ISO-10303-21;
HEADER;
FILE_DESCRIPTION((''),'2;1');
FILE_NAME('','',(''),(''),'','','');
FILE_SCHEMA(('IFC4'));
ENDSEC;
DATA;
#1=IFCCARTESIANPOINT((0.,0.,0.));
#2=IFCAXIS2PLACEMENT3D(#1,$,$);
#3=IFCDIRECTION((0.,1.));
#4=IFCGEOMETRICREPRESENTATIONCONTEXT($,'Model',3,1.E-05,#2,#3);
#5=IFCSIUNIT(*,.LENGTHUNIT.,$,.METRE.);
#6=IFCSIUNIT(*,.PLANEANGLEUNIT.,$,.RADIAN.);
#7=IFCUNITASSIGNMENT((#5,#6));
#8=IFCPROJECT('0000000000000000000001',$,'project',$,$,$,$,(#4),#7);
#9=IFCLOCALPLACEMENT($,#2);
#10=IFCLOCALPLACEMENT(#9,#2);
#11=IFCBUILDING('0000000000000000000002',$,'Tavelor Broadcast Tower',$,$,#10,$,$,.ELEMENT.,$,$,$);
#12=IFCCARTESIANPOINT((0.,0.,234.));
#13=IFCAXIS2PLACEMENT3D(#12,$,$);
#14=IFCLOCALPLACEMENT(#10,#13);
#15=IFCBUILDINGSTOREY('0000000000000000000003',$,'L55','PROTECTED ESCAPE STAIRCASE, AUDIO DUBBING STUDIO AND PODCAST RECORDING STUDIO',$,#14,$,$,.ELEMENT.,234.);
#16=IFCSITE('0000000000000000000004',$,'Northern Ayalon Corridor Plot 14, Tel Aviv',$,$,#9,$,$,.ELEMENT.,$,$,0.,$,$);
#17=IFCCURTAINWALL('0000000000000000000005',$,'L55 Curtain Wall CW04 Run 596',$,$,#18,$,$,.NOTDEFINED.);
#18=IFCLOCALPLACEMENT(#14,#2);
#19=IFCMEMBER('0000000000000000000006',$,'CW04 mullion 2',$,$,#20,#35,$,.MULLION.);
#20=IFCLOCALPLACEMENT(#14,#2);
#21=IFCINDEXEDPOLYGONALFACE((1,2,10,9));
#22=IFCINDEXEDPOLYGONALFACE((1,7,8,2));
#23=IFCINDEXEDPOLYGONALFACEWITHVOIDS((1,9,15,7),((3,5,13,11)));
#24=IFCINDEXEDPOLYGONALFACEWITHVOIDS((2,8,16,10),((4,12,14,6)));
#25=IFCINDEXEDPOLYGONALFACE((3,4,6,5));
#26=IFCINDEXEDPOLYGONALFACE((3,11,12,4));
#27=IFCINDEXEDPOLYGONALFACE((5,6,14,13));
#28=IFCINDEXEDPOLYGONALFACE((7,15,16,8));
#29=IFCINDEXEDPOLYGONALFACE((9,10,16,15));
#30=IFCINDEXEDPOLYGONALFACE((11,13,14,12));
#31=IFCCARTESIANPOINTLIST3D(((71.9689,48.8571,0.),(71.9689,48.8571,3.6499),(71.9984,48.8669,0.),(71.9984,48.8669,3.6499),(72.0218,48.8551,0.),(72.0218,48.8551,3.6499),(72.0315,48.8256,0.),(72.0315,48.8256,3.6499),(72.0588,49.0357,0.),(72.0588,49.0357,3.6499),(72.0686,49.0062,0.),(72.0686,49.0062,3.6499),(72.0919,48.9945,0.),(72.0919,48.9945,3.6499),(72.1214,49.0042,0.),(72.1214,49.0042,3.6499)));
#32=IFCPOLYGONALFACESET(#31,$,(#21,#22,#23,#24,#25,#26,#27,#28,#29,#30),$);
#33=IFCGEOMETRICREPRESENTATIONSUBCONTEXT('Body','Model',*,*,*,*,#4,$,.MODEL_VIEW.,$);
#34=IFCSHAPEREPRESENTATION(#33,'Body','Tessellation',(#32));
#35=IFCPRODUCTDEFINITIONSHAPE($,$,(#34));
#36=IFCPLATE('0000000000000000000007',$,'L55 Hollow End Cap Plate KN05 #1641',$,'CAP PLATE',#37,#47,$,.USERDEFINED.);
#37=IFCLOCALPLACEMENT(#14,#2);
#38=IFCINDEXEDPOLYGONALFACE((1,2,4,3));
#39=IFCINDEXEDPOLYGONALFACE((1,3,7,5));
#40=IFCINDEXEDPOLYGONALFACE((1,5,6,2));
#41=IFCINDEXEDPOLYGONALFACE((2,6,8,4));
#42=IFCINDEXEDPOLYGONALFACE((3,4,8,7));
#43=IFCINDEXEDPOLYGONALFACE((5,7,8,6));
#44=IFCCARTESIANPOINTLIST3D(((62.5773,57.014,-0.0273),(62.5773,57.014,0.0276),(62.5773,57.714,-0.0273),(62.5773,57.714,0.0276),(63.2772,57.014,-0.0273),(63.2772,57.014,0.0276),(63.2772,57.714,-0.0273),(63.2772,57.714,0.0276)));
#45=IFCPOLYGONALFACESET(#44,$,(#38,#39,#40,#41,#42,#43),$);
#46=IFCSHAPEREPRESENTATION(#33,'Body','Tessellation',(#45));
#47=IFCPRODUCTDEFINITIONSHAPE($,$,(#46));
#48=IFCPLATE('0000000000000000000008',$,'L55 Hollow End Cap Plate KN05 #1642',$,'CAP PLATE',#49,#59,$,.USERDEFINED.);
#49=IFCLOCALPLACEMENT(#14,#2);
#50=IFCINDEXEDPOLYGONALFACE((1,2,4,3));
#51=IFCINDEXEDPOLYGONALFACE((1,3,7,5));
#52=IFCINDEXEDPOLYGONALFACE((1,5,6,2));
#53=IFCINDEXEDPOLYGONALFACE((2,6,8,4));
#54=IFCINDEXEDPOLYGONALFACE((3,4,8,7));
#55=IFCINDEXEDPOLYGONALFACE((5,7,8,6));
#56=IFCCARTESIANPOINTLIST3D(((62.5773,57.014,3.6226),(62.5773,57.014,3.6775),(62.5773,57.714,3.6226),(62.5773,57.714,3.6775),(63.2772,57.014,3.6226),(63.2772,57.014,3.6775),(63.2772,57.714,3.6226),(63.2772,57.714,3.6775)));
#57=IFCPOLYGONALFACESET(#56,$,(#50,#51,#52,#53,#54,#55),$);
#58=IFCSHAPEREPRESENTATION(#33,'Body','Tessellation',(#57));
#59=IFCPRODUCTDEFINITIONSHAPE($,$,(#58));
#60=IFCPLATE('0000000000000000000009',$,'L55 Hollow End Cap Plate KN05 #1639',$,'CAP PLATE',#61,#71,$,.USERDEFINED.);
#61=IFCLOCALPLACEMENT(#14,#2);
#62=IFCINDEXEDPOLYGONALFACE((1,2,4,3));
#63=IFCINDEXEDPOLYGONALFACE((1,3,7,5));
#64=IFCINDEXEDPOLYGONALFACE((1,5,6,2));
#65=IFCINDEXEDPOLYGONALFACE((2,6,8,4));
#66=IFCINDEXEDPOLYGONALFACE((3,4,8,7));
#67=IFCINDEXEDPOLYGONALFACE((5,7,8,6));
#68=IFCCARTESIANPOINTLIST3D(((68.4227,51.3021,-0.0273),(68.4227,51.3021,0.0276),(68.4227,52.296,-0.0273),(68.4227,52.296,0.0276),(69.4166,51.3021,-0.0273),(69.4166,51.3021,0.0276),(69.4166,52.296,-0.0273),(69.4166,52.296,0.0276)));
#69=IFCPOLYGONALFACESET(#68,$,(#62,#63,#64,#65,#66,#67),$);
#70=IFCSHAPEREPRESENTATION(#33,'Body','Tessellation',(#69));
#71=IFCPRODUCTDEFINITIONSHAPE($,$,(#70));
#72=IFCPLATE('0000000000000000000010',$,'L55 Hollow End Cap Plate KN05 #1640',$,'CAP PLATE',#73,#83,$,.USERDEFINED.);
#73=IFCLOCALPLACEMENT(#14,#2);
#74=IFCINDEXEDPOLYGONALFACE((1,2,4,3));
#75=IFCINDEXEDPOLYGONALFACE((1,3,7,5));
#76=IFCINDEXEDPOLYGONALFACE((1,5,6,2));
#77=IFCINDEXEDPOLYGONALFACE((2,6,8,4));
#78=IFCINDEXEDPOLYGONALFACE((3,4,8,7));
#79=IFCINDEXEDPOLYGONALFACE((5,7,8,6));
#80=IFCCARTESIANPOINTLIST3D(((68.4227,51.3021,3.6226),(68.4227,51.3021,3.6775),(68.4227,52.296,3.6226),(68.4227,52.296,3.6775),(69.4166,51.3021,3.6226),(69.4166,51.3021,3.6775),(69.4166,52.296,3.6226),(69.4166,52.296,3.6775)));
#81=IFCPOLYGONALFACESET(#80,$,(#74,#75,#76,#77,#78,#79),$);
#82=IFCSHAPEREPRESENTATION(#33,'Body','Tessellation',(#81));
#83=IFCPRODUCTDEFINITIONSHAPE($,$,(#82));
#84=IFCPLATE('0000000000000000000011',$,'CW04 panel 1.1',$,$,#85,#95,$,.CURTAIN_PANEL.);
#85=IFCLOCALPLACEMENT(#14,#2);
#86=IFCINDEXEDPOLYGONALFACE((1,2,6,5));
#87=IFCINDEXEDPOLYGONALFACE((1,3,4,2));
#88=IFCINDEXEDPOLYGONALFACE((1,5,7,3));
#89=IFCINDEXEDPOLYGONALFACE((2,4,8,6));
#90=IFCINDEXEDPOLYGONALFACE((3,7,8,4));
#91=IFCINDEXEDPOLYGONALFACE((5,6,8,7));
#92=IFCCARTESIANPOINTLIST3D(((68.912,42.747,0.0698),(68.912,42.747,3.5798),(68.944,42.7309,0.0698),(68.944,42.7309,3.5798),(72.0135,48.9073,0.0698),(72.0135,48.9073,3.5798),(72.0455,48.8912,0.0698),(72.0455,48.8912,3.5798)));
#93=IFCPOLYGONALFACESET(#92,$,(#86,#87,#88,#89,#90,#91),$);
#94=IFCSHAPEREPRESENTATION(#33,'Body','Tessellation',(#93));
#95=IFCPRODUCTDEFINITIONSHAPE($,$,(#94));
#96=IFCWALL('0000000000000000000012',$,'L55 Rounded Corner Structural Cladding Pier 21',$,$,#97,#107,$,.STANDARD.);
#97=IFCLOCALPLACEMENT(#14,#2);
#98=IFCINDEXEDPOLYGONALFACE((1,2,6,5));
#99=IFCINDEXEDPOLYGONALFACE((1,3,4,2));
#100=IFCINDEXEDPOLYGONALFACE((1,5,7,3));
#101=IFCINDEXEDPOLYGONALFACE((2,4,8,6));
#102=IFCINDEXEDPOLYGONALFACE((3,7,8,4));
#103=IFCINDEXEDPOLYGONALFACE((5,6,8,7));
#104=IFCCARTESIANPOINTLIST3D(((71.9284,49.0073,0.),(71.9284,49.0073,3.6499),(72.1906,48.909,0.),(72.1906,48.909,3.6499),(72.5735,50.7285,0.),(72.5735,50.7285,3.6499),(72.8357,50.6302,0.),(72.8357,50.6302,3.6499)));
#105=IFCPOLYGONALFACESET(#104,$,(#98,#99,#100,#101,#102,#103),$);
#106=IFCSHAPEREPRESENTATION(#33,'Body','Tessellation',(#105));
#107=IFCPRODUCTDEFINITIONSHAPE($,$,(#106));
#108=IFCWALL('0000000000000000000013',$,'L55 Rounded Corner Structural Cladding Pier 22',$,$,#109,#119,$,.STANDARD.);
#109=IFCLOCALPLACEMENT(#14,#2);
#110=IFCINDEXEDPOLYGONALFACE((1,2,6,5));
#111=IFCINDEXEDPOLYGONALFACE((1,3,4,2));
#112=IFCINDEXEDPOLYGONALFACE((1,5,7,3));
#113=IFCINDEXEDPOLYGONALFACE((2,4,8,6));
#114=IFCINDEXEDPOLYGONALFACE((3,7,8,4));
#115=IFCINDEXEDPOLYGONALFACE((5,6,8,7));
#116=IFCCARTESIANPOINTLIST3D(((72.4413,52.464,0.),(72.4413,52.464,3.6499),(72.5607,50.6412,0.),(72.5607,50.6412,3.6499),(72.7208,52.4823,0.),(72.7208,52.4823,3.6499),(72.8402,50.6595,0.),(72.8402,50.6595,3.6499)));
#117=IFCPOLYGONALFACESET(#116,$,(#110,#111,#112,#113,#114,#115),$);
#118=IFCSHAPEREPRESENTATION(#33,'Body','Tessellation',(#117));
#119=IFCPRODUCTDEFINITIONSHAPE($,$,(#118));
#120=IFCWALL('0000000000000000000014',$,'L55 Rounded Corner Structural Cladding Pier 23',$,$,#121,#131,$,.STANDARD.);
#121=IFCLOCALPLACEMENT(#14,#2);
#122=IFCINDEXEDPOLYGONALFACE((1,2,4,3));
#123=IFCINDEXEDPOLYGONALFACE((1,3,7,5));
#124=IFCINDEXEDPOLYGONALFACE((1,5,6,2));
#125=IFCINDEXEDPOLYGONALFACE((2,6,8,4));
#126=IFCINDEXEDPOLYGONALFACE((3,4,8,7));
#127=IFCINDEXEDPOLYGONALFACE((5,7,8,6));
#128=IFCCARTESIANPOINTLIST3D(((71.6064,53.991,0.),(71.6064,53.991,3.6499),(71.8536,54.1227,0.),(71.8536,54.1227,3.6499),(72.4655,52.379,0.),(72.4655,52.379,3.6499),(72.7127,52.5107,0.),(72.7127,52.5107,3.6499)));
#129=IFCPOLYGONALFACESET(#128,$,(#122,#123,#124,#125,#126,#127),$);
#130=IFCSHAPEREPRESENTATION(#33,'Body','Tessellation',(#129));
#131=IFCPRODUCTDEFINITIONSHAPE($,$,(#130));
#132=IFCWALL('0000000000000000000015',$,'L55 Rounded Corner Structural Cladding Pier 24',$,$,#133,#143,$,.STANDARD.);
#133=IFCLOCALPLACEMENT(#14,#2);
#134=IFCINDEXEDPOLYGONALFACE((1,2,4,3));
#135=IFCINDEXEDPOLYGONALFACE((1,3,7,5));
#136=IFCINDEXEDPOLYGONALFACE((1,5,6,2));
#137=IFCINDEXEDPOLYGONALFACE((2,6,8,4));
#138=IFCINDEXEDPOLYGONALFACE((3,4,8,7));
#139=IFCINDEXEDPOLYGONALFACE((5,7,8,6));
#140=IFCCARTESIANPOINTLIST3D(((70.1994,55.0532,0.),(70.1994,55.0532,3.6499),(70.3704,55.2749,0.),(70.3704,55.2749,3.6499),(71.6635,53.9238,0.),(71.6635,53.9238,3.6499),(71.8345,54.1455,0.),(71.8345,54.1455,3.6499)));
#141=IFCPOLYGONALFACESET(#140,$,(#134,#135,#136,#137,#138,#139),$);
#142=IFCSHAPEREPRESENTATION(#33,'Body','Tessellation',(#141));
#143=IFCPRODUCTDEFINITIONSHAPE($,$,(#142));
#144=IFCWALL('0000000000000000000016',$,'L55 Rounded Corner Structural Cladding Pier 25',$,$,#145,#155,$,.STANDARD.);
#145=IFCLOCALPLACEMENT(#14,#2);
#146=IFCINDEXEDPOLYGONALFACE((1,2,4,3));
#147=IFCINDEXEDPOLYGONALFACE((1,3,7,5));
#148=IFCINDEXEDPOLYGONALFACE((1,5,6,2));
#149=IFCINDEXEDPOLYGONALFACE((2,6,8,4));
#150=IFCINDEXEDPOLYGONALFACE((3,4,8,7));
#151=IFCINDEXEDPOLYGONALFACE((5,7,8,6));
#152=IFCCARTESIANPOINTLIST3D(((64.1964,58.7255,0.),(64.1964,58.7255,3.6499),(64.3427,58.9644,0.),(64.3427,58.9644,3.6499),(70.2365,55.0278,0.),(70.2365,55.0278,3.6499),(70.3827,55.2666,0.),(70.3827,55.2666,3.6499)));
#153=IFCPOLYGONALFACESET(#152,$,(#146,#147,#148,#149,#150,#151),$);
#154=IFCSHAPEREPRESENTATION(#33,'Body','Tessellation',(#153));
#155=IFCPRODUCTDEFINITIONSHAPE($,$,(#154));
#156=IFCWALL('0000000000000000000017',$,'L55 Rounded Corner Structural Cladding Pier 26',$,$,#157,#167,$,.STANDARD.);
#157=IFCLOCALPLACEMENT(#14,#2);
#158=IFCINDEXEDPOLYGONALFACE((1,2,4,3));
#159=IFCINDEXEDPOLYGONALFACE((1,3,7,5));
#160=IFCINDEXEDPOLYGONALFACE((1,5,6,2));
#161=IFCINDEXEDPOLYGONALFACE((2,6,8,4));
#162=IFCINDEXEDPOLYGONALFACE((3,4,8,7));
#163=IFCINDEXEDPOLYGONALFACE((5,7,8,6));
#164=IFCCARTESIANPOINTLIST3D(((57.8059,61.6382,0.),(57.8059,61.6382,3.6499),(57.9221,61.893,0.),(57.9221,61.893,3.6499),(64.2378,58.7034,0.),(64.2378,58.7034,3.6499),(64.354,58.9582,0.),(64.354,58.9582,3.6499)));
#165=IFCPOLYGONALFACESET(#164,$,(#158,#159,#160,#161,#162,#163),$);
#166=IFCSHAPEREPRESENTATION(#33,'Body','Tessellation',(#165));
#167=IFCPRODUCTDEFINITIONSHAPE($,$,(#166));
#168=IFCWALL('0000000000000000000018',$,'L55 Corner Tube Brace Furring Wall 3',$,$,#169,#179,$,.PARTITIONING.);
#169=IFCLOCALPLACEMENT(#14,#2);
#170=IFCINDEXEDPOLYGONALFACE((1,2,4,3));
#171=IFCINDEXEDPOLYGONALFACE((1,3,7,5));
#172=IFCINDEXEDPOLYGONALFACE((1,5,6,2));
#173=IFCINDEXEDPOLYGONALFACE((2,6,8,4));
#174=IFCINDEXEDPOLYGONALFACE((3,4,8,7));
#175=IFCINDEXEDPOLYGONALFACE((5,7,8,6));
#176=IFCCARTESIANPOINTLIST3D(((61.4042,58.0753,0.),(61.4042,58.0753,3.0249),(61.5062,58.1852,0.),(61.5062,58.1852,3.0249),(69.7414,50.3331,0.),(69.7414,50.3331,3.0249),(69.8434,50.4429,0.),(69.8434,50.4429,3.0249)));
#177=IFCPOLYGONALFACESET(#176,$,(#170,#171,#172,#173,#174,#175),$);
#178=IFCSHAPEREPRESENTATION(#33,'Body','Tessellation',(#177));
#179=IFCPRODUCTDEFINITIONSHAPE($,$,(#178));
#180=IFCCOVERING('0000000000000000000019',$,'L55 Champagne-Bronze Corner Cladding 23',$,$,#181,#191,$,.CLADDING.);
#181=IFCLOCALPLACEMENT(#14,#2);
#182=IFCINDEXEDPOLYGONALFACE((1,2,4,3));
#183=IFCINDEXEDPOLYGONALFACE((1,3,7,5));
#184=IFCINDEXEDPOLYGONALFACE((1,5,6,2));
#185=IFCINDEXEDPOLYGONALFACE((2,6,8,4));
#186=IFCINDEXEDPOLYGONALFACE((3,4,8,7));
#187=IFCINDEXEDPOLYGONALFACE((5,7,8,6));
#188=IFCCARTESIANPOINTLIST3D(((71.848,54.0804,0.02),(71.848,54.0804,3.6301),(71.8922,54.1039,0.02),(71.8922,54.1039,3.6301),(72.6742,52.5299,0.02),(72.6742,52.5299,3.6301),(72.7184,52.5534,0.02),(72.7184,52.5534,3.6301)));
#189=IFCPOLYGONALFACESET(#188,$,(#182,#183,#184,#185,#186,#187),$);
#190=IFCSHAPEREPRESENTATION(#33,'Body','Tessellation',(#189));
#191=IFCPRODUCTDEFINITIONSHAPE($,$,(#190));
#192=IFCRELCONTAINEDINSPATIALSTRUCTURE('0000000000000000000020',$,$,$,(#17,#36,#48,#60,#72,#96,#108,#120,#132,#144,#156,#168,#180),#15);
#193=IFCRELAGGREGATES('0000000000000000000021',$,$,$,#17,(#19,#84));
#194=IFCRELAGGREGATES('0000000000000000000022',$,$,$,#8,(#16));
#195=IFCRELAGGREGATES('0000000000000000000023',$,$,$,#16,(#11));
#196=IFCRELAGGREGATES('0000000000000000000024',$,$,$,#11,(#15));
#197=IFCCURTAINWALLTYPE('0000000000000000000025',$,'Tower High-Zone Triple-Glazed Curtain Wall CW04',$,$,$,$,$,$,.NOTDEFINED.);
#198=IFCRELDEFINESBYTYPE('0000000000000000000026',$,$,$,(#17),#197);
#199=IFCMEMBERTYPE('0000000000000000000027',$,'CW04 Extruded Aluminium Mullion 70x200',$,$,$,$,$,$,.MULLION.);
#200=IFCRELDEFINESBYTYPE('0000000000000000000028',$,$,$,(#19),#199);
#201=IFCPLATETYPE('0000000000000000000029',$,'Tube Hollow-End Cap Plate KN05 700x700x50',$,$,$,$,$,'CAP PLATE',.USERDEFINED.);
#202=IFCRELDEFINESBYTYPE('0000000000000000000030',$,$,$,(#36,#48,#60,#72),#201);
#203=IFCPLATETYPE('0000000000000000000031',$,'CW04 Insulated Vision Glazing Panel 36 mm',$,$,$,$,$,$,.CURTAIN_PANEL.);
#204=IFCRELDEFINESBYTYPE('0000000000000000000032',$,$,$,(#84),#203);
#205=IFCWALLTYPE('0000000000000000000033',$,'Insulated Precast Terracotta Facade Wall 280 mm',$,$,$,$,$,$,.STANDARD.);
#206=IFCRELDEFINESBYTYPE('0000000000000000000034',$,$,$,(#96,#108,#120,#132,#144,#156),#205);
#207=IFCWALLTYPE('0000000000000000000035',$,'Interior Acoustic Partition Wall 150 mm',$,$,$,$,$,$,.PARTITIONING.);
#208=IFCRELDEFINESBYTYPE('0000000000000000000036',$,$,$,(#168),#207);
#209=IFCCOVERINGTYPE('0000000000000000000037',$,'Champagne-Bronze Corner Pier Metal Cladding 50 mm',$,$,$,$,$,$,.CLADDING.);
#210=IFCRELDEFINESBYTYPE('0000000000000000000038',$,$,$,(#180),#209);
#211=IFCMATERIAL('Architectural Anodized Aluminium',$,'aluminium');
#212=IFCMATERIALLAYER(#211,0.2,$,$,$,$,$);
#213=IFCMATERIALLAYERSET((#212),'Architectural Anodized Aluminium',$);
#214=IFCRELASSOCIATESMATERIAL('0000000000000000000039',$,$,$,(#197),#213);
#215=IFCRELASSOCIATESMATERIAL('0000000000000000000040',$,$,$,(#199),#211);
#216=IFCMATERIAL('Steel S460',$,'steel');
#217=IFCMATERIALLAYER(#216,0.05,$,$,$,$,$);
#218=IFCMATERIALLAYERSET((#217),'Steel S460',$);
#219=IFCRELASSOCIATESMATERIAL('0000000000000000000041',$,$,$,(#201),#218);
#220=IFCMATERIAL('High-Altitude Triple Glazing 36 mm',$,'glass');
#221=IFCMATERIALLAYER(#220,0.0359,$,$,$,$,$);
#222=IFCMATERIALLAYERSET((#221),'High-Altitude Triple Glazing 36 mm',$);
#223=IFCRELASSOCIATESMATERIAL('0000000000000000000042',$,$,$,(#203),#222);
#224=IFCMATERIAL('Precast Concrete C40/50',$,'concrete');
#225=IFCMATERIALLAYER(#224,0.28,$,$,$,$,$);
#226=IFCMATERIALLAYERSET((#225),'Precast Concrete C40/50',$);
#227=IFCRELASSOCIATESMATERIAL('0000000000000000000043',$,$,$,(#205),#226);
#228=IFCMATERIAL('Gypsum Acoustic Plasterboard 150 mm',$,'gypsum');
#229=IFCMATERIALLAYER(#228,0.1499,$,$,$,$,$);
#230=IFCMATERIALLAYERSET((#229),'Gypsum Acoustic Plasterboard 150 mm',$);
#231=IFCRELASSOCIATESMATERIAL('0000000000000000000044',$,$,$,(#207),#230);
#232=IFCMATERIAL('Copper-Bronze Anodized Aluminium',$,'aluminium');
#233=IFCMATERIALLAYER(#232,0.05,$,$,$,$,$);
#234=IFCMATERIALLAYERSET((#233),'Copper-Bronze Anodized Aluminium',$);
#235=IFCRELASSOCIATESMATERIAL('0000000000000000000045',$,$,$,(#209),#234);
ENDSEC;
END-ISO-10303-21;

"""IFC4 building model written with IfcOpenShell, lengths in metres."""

from ifc_helpers import new_model, si_unit, direction, frame, frame_2d, origin, origin_2d, place, context, subcontext, project, spatial, rectangle, hollow_rectangle, extrude, source, transform, mapped, material, layer, layer_set, material_profile, profile_set, type_object, type_shapes, element, aggregate, save


model = new_model("IFC4")

# Units and contexts
model_context = context("Model", 3, precision=1e-05, world=origin(), true_north=direction((0.0, 1.0)))
body_context = subcontext(model_context, "Body", "Model", "MODEL_VIEW")
ifc_project = project(units=[si_unit("LENGTHUNIT", "METRE"), si_unit("PLANEANGLEUNIT", "RADIAN")], contexts=[model_context])

# Site, building, storey
site_placement = place(None, origin())
site = spatial("IfcSite", under=ifc_project, at=site_placement, Name="Northern Ayalon Corridor Plot 14, Tel Aviv", CompositionType="ELEMENT", RefElevation=0.0)
building_placement = place(site_placement, origin())
building = spatial("IfcBuilding", under=site, at=building_placement, Name="Tavelor Broadcast Tower", CompositionType="ELEMENT")
storey_placement = place(building_placement, frame((0.0, 0.0, 234.0)))
storey = spatial("IfcBuildingStorey", under=building, at=storey_placement, Name="L55", Description="PROTECTED ESCAPE STAIRCASE, AUDIO DUBBING STUDIO AND PODCAST RECORDING STUDIO", CompositionType="ELEMENT", Elevation=234.0)

# Shared definitions
ifc_material_1 = material(Name="Steel S460", Category="steel")

# Curtain wall, member
ifc_material_2 = material(Name="Architectural Anodized Aluminium", Category="aluminium")
ifc_layer_1 = layer(ifc_material_2, 0.2)
ifc_layer_set_1 = layer_set([ifc_layer_1], Name="Architectural Anodized Aluminium")
curtain_wall_type = type_object("IfcCurtainWallType", Name="Tower High-Zone Triple-Glazed Curtain Wall CW04", PredefinedType="NOTDEFINED", material=ifc_layer_set_1)
curtain_wall_placement = place(storey_placement, origin())
curtain_wall = element("IfcCurtainWall", 1, at=curtain_wall_placement, inside=storey, type_object=curtain_wall_type, Name="L55 Curtain Wall CW04 Run 596", PredefinedType="NOTDEFINED")
ifc_material_profile_1 = material_profile(ifc_material_2, hollow_rectangle(XDim=0.0701, YDim=0.2, WallThickness=0.022, at=origin_2d()), Name="RHS 70x200x22")
ifc_profile_set_1 = profile_set([ifc_material_profile_1], Name="Architectural Anodized Aluminium")
member_type_1 = type_object("IfcMemberType", Name="CW04 Extruded Aluminium Mullion 70x200", PredefinedType="MULLION", material=ifc_profile_set_1)
shared_shape_1 = source(origin(), body_context, "Body", "SweptSolid", [
    extrude(hollow_rectangle(XDim=0.0701, YDim=0.2, WallThickness=0.022, at=origin_2d()), origin(), (0.0, 0.0, 1.0), 3.6499),
])
type_shapes(member_type_1, [shared_shape_1])
member_1_placement = place(storey_placement, frame((72.0452, 48.9307, 0.0), z_axis=(0.0, 0.0, 1.0), x_axis=(-0.893185, 0.44969, 0.0)))
member_1 = element("IfcMember", 2, at=member_1_placement, type_object=member_type_1, Name="CW04 mullion 2", PredefinedType="MULLION", context=body_context, shape_type="MappedRepresentation", body=[
    mapped(shared_shape_1, transform((0.0, 0.0, 0.0), scale=1.0)),
])

# Plates
ifc_layer_2 = layer(ifc_material_1, 0.05)
ifc_layer_set_2 = layer_set([ifc_layer_2], Name="Steel S460")
plate_type_1 = type_object("IfcPlateType", Name="Tube Hollow-End Cap Plate KN05 700x700x50", ElementType="CAP PLATE", PredefinedType="USERDEFINED", material=ifc_layer_set_2)
shared_shape_2 = source(origin(), body_context, "Body", "SweptSolid", [
    extrude(rectangle(XDim=0.7, YDim=0.7, at=origin_2d()), origin(), (0.0, 0.0, 1.0), 0.0549),
])
for number, where, z_axis, x_axis, name in (
    (3, (62.9272, 57.364, -0.0273), (0.0, 0.0, 1.0), (1.0, 0.0, 0.0), "L55 Hollow End Cap Plate KN05 #1641"),
    (4, (62.9272, 57.364, 3.6226), (0.0, 0.0, 1.0), (1.0, 0.0, 0.0), "L55 Hollow End Cap Plate KN05 #1642"),
):
    element("IfcPlate", number, at=place(storey_placement, frame(where, z_axis=z_axis, x_axis=x_axis)), inside=storey, type_object=plate_type_1, Name=name, ObjectType="CAP PLATE", PredefinedType="USERDEFINED", context=body_context, shape_type="MappedRepresentation", body=[
        mapped(shared_shape_2, transform((0.0, 0.0, 0.0), scale=1.0)),
    ])
shared_shape_3 = source(origin(), body_context, "Body", "SweptSolid", [
    extrude(rectangle(XDim=0.9939, YDim=0.9939, at=origin_2d()), origin(), (0.0, 0.0, 1.0), 0.0549),
])
type_shapes(plate_type_1, [shared_shape_2, shared_shape_3])
for number, where, z_axis, x_axis, name in (
    (5, (68.9197, 51.7991, -0.0273), (0.0, 0.0, 1.0), (1.0, 0.0, 0.0), "L55 Hollow End Cap Plate KN05 #1639"),
    (6, (68.9197, 51.7991, 3.6226), (0.0, 0.0, 1.0), (1.0, 0.0, 0.0), "L55 Hollow End Cap Plate KN05 #1640"),
):
    element("IfcPlate", number, at=place(storey_placement, frame(where, z_axis=z_axis, x_axis=x_axis)), inside=storey, type_object=plate_type_1, Name=name, ObjectType="CAP PLATE", PredefinedType="USERDEFINED", context=body_context, shape_type="MappedRepresentation", body=[
        mapped(shared_shape_3, transform((0.0, 0.0, 0.0), scale=1.0)),
    ])

# Plate
ifc_material_3 = material(Name="High-Altitude Triple Glazing 36 mm", Category="glass")
ifc_layer_3 = layer(ifc_material_3, 0.0359)
ifc_layer_set_3 = layer_set([ifc_layer_3], Name="High-Altitude Triple Glazing 36 mm")
plate_type_2 = type_object("IfcPlateType", Name="CW04 Insulated Vision Glazing Panel 36 mm", PredefinedType="CURTAIN_PANEL", material=ifc_layer_set_3)
shared_shape_4 = source(origin(), body_context, "Body", "SweptSolid", [
    extrude(rectangle(XDim=6.897, YDim=0.0359, at=origin_2d()), origin(), (0.0, 0.0, 1.0), 3.51),
])
type_shapes(plate_type_2, [shared_shape_4])
plate_placement = place(storey_placement, frame((70.4788, 45.8191, 0.0698), z_axis=(0.0, 0.0, 1.0), x_axis=(0.44969, 0.893185, 0.0)))
plate = element("IfcPlate", 7, at=plate_placement, type_object=plate_type_2, Name="CW04 panel 1.1", PredefinedType="CURTAIN_PANEL", context=body_context, shape_type="MappedRepresentation", body=[
    mapped(shared_shape_4, transform((0.0, 0.0, 0.0), scale=1.0)),
])
aggregate(curtain_wall, [member_1, plate])

# Walls
ifc_material_4 = material(Name="Precast Concrete C40/50", Category="concrete")
ifc_layer_4 = layer(ifc_material_4, 0.28)
ifc_layer_set_4 = layer_set([ifc_layer_4], Name="Precast Concrete C40/50")
wall_type_1 = type_object("IfcWallType", Name="Insulated Precast Terracotta Facade Wall 280 mm", PredefinedType="STANDARD", material=ifc_layer_set_4)
wall_1_placement = place(storey_placement, frame((72.0596, 48.9583, 0.0), z_axis=(0.0, 0.0, 1.0), x_axis=(0.35092, 0.936406, 0.0)))
element("IfcWall", 8, at=wall_1_placement, inside=storey, type_object=wall_type_1, Name="L55 Rounded Corner Structural Cladding Pier 21", PredefinedType="STANDARD", context=body_context, shape_type="SweptSolid", body=[
    extrude(rectangle(XDim=1.8381, YDim=0.28, at=frame_2d((0.9189, 0.0))), origin(), (0.0, 0.0, 1.0), 3.6499),
])
for number, where, z_axis, x_axis, name in (
    (9, (72.7004, 50.6504, 0.0), (0.0, 0.0, 1.0), (-0.065357, 0.997862, 0.0), "L55 Rounded Corner Structural Cladding Pier 22"),
    (10, (72.5891, 52.4448, 0.0), (0.0, 0.0, 1.0), (-0.470318, 0.882497, 0.0), "L55 Rounded Corner Structural Cladding Pier 23"),
):
    element("IfcWall", number, at=place(storey_placement, frame(where, z_axis=z_axis, x_axis=x_axis)), inside=storey, type_object=wall_type_1, Name=name, PredefinedType="STANDARD", context=body_context, shape_type="SweptSolid", body=[
        extrude(rectangle(XDim=1.8267, YDim=0.28, at=frame_2d((0.9133, 0.0))), origin(), (0.0, 0.0, 1.0), 3.6499),
    ])
wall_2_placement = place(storey_placement, frame((71.749, 54.0347, 0.0), z_axis=(0.0, 0.0, 1.0), x_axis=(-0.791799, 0.610782, 0.0)))
element("IfcWall", 11, at=wall_2_placement, inside=storey, type_object=wall_type_1, Name="L55 Rounded Corner Structural Cladding Pier 24", PredefinedType="STANDARD", context=body_context, shape_type="SweptSolid", body=[
    extrude(rectangle(XDim=1.8491, YDim=0.28, at=frame_2d((0.9246, 0.0))), origin(), (0.0, 0.0, 1.0), 3.6499),
])
wall_3_placement = place(storey_placement, frame((70.3096, 55.1472, 0.0), z_axis=(0.0, 0.0, 1.0), x_axis=(-0.852866, 0.52213, 0.0)))
element("IfcWall", 12, at=wall_3_placement, inside=storey, type_object=wall_type_1, Name="L55 Rounded Corner Structural Cladding Pier 25", PredefinedType="STANDARD", context=body_context, shape_type="SweptSolid", body=[
    extrude(rectangle(XDim=7.082, YDim=0.28, at=frame_2d((3.541, 0.0))), origin(), (0.0, 0.0, 1.0), 3.6499),
])
wall_4_placement = place(storey_placement, frame((64.2959, 58.8308, 0.0), z_axis=(0.0, 0.0, 1.0), x_axis=(-0.909767, 0.415119, 0.0)))
element("IfcWall", 13, at=wall_4_placement, inside=storey, type_object=wall_type_1, Name="L55 Rounded Corner Structural Cladding Pier 26", PredefinedType="STANDARD", context=body_context, shape_type="SweptSolid", body=[
    extrude(rectangle(XDim=7.0698, YDim=0.28, at=frame_2d((3.5349, 0.0))), origin(), (0.0, 0.0, 1.0), 3.6499),
])
ifc_material_5 = material(Name="Gypsum Acoustic Plasterboard 150 mm", Category="gypsum")
ifc_layer_5 = layer(ifc_material_5, 0.1499)
ifc_layer_set_5 = layer_set([ifc_layer_5], Name="Gypsum Acoustic Plasterboard 150 mm")
wall_type_2 = type_object("IfcWallType", Name="Interior Acoustic Partition Wall 150 mm", PredefinedType="PARTITIONING", material=ifc_layer_set_5)
wall_5_placement = place(storey_placement, frame((69.7925, 50.3879, 0.0), z_axis=(0.0, 0.0, 1.0), x_axis=(-0.73277, 0.680477, 0.0)))
element("IfcWall", 14, at=wall_5_placement, inside=storey, type_object=wall_type_2, Name="L55 Corner Tube Brace Furring Wall 3", PredefinedType="PARTITIONING", context=body_context, shape_type="SweptSolid", body=[
    extrude(rectangle(XDim=11.3777, YDim=0.1499, at=frame_2d((5.689, 0.0))), origin(), (0.0, 0.0, 1.0), 3.0249),
])

# Covering
ifc_material_6 = material(Name="Copper-Bronze Anodized Aluminium", Category="aluminium")
ifc_layer_6 = layer(ifc_material_6, 0.05)
ifc_layer_set_6 = layer_set([ifc_layer_6], Name="Copper-Bronze Anodized Aluminium")
covering_type = type_object("IfcCoveringType", Name="Champagne-Bronze Corner Pier Metal Cladding 50 mm", PredefinedType="CLADDING", material=ifc_layer_set_6)
covering_placement = place(storey_placement, frame((72.2832, 53.3169, 0.02), z_axis=(0.0, 0.0, 1.0), x_axis=(-0.470242, 0.882538, 0.0)))
element("IfcCovering", 15, at=covering_placement, inside=storey, type_object=covering_type, Name="L55 Champagne-Bronze Corner Cladding 23", PredefinedType="CLADDING", context=body_context, shape_type="SweptSolid", body=[
    extrude(rectangle(XDim=1.7568, YDim=0.05, at=origin_2d()), origin(), (0.0, 0.0, 1.0), 3.6101),
])

save(model, "model.ifc")
